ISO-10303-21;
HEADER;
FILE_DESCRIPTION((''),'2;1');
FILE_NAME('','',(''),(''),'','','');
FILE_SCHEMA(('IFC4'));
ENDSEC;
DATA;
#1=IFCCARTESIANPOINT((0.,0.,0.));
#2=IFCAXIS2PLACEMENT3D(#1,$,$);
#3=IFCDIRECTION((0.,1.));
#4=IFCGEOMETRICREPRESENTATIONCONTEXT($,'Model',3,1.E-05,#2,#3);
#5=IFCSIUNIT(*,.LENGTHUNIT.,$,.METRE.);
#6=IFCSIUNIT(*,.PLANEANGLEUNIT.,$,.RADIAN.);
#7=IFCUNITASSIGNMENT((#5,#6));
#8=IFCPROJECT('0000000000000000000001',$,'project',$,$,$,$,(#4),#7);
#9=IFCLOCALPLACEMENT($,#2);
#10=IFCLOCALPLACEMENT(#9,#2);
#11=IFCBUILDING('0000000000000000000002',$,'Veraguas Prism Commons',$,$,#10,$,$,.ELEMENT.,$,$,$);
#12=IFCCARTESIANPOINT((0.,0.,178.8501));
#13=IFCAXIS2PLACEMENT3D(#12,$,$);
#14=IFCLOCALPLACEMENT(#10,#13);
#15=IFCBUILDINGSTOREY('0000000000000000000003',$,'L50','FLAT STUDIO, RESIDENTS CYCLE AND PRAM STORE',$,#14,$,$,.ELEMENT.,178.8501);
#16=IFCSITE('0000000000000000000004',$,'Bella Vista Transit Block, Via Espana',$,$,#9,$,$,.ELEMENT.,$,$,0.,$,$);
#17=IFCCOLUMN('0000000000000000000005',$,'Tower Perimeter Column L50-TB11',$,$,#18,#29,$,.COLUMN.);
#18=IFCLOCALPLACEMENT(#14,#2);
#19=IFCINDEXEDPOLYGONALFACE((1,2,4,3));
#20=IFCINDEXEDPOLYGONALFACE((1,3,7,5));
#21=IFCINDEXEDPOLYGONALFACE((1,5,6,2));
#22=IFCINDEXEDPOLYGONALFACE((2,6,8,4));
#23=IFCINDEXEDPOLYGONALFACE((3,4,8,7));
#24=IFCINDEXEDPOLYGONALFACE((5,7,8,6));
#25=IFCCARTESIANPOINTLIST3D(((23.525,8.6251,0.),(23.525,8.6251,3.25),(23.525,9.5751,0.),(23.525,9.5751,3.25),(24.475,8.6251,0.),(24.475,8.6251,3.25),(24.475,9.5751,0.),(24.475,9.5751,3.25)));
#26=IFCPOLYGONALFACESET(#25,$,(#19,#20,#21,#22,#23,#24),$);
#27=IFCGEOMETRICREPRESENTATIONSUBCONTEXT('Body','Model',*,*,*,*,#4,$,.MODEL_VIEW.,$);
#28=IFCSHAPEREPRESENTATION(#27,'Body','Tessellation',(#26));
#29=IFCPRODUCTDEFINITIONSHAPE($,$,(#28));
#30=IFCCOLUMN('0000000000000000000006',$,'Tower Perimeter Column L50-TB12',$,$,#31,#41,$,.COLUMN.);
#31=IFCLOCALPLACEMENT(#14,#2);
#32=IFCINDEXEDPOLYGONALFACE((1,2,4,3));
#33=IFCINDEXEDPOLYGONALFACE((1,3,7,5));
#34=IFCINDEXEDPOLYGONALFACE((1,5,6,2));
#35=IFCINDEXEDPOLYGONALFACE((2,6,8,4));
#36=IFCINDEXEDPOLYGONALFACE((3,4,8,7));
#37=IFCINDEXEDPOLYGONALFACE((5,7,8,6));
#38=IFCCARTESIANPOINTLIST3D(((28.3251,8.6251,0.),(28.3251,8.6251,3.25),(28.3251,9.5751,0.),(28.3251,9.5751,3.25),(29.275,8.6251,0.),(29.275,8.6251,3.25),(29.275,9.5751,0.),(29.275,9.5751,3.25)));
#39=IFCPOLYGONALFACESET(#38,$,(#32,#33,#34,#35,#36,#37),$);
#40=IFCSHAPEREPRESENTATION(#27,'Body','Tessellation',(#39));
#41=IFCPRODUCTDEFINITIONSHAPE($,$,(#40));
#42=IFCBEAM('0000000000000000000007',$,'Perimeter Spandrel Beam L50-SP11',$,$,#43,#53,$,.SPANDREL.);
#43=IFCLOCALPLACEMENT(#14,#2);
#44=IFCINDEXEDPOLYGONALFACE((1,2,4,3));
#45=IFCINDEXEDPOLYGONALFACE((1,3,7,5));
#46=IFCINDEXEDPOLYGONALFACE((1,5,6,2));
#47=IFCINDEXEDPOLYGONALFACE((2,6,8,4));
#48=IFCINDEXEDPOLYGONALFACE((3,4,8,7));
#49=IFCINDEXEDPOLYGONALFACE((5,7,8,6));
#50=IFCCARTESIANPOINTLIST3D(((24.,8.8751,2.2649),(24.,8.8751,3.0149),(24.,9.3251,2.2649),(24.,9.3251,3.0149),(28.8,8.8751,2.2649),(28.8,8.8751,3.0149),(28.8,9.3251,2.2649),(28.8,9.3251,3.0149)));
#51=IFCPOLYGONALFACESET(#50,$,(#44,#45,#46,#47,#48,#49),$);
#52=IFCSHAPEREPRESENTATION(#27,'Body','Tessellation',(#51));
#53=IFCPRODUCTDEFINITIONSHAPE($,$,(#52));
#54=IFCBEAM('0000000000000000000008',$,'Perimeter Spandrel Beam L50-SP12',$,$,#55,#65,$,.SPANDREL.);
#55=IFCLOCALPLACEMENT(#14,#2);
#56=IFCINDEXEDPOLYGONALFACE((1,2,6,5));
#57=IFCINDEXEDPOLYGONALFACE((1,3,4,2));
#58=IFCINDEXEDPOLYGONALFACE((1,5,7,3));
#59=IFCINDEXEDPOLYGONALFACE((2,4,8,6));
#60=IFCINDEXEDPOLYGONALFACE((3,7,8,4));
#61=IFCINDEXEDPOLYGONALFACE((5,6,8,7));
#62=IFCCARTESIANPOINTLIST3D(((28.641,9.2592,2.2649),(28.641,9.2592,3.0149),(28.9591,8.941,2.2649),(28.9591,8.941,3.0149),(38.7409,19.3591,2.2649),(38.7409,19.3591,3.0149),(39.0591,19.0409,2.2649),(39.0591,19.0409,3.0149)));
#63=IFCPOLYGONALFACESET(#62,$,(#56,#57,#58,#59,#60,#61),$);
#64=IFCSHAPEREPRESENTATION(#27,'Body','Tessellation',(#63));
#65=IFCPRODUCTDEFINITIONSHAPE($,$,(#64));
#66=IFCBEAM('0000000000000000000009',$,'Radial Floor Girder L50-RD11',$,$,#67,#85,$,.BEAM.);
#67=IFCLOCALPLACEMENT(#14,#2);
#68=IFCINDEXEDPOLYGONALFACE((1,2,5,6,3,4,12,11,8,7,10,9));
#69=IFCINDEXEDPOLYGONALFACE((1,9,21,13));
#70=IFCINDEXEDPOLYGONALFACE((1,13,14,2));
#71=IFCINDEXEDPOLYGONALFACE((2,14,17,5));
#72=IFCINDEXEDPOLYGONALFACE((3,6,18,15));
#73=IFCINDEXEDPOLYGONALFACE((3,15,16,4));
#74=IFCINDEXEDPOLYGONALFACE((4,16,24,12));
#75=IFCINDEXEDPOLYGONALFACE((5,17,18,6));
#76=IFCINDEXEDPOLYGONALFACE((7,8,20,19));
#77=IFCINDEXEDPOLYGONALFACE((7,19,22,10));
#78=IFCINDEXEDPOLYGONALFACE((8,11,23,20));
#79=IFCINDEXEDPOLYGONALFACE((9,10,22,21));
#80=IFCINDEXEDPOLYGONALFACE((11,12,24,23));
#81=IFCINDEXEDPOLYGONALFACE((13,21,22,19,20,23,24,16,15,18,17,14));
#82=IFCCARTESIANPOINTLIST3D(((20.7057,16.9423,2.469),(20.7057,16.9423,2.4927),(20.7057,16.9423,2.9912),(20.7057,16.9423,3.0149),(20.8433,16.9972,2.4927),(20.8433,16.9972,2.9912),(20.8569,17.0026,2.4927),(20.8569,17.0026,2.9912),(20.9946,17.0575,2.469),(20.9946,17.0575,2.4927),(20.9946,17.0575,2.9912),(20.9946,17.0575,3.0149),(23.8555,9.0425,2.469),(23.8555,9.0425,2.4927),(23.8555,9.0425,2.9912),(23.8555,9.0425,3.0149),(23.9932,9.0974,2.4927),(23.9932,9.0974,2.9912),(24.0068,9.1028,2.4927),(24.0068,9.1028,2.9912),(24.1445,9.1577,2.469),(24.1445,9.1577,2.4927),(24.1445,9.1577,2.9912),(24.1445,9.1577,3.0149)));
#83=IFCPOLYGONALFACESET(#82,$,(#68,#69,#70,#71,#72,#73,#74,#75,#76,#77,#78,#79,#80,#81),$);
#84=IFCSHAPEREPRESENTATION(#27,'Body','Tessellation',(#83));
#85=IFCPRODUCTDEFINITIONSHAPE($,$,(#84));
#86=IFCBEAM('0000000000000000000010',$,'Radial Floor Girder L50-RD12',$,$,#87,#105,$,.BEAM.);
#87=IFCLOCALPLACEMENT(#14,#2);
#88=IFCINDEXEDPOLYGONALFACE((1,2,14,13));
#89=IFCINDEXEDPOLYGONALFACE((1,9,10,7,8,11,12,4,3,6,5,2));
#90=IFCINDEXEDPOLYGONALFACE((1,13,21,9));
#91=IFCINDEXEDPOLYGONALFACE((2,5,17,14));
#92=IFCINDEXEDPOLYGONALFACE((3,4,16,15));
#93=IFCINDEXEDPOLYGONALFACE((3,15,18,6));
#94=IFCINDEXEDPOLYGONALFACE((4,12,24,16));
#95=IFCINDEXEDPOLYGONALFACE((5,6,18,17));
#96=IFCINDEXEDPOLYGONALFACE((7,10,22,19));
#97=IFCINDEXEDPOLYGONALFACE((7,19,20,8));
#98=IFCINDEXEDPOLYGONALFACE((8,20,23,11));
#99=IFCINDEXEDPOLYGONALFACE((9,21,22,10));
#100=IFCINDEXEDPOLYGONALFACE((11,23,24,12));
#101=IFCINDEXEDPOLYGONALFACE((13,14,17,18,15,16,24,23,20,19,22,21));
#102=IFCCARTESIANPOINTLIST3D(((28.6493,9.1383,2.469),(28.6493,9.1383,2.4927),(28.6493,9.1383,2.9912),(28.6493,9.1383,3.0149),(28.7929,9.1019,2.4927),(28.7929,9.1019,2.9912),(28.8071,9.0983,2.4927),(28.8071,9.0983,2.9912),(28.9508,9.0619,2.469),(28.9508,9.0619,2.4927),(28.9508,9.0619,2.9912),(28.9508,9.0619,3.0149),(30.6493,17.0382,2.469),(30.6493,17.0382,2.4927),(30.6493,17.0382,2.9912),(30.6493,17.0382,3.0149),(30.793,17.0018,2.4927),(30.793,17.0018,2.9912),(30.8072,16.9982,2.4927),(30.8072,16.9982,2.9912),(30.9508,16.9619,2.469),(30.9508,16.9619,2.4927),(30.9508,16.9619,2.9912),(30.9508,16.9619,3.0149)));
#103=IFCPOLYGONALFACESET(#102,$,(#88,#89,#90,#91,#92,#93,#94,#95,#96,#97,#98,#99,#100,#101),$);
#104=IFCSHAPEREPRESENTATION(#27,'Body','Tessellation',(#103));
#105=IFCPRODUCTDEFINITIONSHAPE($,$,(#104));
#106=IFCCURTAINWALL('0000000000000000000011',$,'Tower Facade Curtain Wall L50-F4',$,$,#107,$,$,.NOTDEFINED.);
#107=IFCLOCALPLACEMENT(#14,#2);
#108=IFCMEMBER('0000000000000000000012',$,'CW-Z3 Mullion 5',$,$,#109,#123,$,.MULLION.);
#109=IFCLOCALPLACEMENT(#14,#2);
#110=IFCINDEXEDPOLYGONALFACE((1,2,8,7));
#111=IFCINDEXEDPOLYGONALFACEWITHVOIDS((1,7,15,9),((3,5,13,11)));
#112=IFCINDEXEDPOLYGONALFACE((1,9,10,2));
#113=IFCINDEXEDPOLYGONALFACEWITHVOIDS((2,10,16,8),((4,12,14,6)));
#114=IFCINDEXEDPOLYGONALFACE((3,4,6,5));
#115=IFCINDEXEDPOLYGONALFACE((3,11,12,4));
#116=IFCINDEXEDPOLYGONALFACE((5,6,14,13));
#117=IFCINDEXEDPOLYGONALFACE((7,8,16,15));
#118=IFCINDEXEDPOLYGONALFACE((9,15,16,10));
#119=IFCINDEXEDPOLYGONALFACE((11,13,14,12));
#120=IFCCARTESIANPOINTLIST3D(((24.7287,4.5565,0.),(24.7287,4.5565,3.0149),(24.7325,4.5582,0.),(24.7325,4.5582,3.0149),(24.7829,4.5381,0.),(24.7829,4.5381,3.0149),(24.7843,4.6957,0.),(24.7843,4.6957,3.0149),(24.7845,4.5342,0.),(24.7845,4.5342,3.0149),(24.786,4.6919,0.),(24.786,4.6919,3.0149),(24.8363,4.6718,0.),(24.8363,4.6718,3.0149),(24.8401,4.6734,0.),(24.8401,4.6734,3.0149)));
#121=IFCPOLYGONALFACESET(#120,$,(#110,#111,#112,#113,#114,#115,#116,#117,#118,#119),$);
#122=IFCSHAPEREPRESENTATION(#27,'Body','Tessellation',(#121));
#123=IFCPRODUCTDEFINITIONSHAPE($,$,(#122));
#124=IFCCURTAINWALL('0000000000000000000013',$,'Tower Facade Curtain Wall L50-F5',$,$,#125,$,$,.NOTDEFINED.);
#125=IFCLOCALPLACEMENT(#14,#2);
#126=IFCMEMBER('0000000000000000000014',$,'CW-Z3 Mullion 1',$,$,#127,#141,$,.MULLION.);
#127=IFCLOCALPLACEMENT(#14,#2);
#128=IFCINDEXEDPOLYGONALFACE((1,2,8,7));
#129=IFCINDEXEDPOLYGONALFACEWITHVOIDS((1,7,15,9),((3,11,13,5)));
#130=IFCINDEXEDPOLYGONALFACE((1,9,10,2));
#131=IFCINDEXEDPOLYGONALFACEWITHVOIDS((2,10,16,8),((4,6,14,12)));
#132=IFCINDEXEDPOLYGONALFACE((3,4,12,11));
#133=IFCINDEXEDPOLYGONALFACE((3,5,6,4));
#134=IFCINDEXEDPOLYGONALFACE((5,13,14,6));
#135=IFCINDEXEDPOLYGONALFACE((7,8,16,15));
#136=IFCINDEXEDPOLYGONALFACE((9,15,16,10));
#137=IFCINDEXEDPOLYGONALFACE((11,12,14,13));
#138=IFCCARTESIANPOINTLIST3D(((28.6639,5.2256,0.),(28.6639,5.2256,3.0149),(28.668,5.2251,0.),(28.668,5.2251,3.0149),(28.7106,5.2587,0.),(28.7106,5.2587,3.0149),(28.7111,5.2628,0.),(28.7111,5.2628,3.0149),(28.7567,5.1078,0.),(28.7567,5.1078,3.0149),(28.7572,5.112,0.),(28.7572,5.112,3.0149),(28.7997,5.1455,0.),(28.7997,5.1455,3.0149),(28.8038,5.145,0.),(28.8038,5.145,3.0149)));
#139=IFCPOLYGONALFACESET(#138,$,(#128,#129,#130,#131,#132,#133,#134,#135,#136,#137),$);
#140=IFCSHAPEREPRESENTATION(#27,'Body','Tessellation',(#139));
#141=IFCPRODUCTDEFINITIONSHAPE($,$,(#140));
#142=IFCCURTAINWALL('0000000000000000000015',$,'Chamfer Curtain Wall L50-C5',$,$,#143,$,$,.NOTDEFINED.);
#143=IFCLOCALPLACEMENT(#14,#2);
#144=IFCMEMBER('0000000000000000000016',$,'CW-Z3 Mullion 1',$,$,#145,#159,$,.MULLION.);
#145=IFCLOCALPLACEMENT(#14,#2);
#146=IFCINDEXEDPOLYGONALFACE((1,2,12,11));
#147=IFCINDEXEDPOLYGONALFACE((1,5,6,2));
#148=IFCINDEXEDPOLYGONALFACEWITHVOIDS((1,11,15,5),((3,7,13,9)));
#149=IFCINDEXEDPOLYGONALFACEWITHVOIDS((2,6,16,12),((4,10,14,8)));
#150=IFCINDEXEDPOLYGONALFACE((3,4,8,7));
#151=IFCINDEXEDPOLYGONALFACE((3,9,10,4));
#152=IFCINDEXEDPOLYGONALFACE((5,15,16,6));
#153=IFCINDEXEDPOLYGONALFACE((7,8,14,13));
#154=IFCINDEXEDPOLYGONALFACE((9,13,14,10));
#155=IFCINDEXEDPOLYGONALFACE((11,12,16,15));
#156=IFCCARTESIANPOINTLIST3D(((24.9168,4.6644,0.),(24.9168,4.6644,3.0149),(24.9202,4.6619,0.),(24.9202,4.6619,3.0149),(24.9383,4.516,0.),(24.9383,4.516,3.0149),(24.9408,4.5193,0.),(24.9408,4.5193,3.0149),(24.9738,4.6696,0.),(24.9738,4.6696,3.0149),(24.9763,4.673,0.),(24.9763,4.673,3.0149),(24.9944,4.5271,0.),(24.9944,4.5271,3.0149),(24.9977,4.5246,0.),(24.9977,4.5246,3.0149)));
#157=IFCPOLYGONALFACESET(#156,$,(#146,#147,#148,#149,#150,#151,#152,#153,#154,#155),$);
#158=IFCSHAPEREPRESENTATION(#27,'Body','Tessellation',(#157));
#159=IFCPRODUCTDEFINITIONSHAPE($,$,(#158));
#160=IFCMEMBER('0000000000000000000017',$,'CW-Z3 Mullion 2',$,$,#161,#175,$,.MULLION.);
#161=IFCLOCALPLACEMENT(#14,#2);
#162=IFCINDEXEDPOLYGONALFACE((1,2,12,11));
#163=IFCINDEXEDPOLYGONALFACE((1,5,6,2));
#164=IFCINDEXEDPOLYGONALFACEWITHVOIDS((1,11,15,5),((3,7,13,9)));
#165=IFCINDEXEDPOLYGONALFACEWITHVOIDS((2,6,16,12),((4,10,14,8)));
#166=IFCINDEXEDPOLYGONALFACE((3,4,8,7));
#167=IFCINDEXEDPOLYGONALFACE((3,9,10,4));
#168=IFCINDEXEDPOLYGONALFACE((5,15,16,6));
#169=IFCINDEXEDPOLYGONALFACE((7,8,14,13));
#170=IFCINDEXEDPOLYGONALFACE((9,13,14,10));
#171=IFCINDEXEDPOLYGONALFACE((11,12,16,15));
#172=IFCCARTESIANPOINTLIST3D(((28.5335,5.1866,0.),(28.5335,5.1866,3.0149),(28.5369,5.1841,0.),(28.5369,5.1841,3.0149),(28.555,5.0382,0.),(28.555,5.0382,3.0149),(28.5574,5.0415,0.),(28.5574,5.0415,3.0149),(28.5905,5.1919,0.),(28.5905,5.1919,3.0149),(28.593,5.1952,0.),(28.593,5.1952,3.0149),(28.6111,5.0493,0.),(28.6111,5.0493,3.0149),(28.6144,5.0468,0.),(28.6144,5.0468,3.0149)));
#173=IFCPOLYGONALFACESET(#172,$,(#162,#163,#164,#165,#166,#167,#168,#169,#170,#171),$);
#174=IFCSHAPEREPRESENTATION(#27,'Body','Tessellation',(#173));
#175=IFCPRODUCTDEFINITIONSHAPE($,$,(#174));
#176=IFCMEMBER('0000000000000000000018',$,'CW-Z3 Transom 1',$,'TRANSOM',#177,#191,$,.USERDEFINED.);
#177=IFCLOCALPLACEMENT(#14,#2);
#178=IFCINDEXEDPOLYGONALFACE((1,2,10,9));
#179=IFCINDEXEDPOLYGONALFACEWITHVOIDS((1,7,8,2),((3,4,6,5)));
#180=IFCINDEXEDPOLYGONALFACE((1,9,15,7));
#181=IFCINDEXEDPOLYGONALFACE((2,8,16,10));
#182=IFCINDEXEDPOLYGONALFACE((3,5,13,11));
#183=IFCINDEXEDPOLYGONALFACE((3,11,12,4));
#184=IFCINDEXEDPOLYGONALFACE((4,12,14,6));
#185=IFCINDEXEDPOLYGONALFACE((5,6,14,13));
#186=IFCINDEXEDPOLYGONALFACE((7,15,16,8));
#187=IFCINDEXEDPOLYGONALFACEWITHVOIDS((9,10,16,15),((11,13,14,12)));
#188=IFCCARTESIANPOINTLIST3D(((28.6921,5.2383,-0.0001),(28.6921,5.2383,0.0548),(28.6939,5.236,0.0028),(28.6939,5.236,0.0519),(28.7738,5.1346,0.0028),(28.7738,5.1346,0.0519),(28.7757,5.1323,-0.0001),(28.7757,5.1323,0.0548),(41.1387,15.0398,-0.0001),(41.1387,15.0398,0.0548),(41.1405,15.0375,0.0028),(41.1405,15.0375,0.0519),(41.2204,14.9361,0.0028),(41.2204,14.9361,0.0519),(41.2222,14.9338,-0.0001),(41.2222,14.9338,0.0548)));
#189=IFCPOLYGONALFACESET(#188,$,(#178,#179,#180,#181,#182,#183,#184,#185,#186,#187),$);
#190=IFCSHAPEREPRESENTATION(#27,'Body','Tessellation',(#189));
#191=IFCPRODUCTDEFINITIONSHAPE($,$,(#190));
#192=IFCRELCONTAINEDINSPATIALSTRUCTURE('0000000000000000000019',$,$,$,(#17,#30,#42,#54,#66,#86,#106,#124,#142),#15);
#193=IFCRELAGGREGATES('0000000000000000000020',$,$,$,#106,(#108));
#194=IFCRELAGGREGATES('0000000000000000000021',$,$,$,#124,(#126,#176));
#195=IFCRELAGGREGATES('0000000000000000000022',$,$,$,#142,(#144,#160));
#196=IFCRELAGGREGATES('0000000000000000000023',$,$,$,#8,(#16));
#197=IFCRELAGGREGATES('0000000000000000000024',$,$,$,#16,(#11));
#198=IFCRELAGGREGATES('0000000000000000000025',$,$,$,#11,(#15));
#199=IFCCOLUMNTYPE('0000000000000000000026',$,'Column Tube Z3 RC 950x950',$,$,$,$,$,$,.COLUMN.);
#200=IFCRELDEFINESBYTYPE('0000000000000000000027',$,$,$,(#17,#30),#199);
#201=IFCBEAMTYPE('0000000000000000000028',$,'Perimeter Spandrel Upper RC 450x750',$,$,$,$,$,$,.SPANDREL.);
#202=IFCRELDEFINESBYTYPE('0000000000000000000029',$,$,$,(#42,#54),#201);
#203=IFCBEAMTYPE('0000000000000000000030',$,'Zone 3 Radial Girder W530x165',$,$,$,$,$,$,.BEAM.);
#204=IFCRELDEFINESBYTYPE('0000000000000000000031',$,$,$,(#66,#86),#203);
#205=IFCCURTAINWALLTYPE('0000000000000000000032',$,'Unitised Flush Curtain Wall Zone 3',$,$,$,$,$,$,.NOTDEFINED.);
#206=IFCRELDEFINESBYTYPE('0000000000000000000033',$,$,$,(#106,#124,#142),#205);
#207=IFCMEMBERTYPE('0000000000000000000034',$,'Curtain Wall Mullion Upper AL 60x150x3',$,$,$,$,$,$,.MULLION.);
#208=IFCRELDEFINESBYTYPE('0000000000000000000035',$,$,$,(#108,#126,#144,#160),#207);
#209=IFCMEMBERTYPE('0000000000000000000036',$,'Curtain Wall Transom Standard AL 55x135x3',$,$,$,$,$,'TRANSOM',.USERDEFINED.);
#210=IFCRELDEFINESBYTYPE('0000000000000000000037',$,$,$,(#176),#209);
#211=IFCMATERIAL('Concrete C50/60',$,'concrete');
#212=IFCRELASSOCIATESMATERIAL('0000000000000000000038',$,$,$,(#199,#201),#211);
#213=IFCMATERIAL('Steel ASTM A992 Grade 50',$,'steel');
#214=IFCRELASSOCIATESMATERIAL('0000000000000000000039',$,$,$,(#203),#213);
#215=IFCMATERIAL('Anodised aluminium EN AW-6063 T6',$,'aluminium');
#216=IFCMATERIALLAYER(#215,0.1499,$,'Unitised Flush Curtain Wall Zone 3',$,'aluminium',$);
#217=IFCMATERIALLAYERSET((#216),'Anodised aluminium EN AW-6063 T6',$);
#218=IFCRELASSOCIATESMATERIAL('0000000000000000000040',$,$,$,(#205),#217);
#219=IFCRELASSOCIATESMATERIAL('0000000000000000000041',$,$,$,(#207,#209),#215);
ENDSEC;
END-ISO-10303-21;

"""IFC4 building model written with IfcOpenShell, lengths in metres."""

from ifc_helpers import new_model, si_unit, direction, frame, origin, origin_2d, place, context, subcontext, project, spatial, rectangle, hollow_rectangle, i_section, extrude, source, transform, mapped, material, layer, layer_set, material_profile, profile_set, type_object, element, aggregate, save


model = new_model("IFC4")

# Units and contexts
model_context = context("Model", 3, precision=1e-05, world=origin(), true_north=direction((0.0, 1.0)))
body_context = subcontext(model_context, "Body", "Model", "MODEL_VIEW")
ifc_project = project(units=[si_unit("LENGTHUNIT", "METRE"), si_unit("PLANEANGLEUNIT", "RADIAN")], contexts=[model_context])

# Site, building, storey
site_placement = place(None, origin())
site = spatial("IfcSite", under=ifc_project, at=site_placement, Name="Bella Vista Transit Block, Via Espana", CompositionType="ELEMENT", RefElevation=0.0)
building_placement = place(site_placement, origin())
building = spatial("IfcBuilding", under=site, at=building_placement, Name="Veraguas Prism Commons", CompositionType="ELEMENT")
storey_placement = place(building_placement, frame((0.0, 0.0, 178.8501)))
storey = spatial("IfcBuildingStorey", under=building, at=storey_placement, Name="L50", Description="FLAT STUDIO, RESIDENTS CYCLE AND PRAM STORE", CompositionType="ELEMENT", Elevation=178.8501)

# Columns
ifc_material_1 = material(Name="Concrete C50/60", Category="concrete")
ifc_material_profile_1 = material_profile(ifc_material_1, rectangle(XDim=0.95, YDim=0.95, at=origin_2d()), Name="RC950X950")
ifc_profile_set_1 = profile_set([ifc_material_profile_1], Name="Concrete C50/60")
column_type = type_object("IfcColumnType", Name="Column Tube Z3 RC 950x950", PredefinedType="COLUMN", material=ifc_profile_set_1)
for number, where, z_axis, x_axis, name in (
    (1, (24.0, 9.1001, 0.0), (0.0, 0.0, 1.0), (1.0, 0.0, 0.0), "Tower Perimeter Column L50-TB11"),
    (2, (28.8, 9.1001, 0.0), (0.0, 0.0, 1.0), (1.0, 0.0, 0.0), "Tower Perimeter Column L50-TB12"),
):
    element("IfcColumn", number, at=place(storey_placement, frame(where, z_axis=z_axis, x_axis=x_axis)), inside=storey, type_object=column_type, Name=name, PredefinedType="COLUMN", context=body_context, shape_type="SweptSolid", body=[
        extrude(rectangle(XDim=0.95, YDim=0.95, at=origin_2d()), origin(), (0.0, 0.0, 1.0), 3.25),
    ])

# Beams
ifc_material_profile_2 = material_profile(ifc_material_1, rectangle(XDim=0.45, YDim=0.75, at=origin_2d()), Name="RC450X750")
ifc_profile_set_2 = profile_set([ifc_material_profile_2], Name="Concrete C50/60")
beam_type_1 = type_object("IfcBeamType", Name="Perimeter Spandrel Upper RC 450x750", PredefinedType="SPANDREL", material=ifc_profile_set_2)
beam_1_placement = place(storey_placement, frame((24.0, 9.1001, 2.6399), z_axis=(1.0, 0.0, 0.0), x_axis=(0.0, 1.0, 0.0)))
element("IfcBeam", 3, at=beam_1_placement, inside=storey, type_object=beam_type_1, Name="Perimeter Spandrel Beam L50-SP11", PredefinedType="SPANDREL", context=body_context, shape_type="SweptSolid", body=[
    extrude(rectangle(XDim=0.45, YDim=0.75, at=origin_2d()), origin(), (0.0, 0.0, 1.0), 4.8),
])
beam_2_placement = place(storey_placement, frame((28.8, 9.1001, 2.6399), z_axis=(0.707107, 0.707107, 0.0), x_axis=(-0.707107, 0.707107, 0.0)))
element("IfcBeam", 4, at=beam_2_placement, inside=storey, type_object=beam_type_1, Name="Perimeter Spandrel Beam L50-SP12", PredefinedType="SPANDREL", context=body_context, shape_type="SweptSolid", body=[
    extrude(rectangle(XDim=0.45, YDim=0.75, at=origin_2d()), origin(), (0.0, 0.0, 1.0), 14.2834),
])
ifc_material_2 = material(Name="Steel ASTM A992 Grade 50", Category="steel")
ifc_material_profile_3 = material_profile(ifc_material_2, i_section(OverallWidth=0.311, OverallDepth=0.5459, WebThickness=0.0146, FlangeThickness=0.0237, at=origin_2d()), Name="W530X165")
ifc_profile_set_3 = profile_set([ifc_material_profile_3], Name="Steel ASTM A992 Grade 50")
beam_type_2 = type_object("IfcBeamType", Name="Zone 3 Radial Girder W530x165", PredefinedType="BEAM", material=ifc_profile_set_3)
beam_3_placement = place(storey_placement, frame((24.0, 9.1001, 2.7419), z_axis=(-0.370371, 0.928884, 0.0), x_axis=(-0.928884, -0.370371, 0.0)))
element("IfcBeam", 5, at=beam_3_placement, inside=storey, type_object=beam_type_2, Name="Radial Floor Girder L50-RD11", PredefinedType="BEAM", context=body_context, shape_type="SweptSolid", body=[
    extrude(i_section(OverallWidth=0.311, OverallDepth=0.5459, WebThickness=0.0146, FlangeThickness=0.0237, at=origin_2d()), origin(), (0.0, 0.0, 1.0), 8.5046),
])
beam_4_placement = place(storey_placement, frame((28.8, 9.1001, 2.7419), z_axis=(0.245425, 0.969416, 0.0), x_axis=(-0.969416, 0.245425, 0.0)))
element("IfcBeam", 6, at=beam_4_placement, inside=storey, type_object=beam_type_2, Name="Radial Floor Girder L50-RD12", PredefinedType="BEAM", context=body_context, shape_type="SweptSolid", body=[
    extrude(i_section(OverallWidth=0.311, OverallDepth=0.5459, WebThickness=0.0146, FlangeThickness=0.0237, at=origin_2d()), origin(), (0.0, 0.0, 1.0), 8.1492),
])

# Curtain walls, members
ifc_material_3 = material(Name="Anodised aluminium EN AW-6063 T6", Category="aluminium")
ifc_layer_1 = layer(ifc_material_3, 0.1499, Name="Unitised Flush Curtain Wall Zone 3", Category="aluminium")
ifc_layer_set_1 = layer_set([ifc_layer_1], Name="Anodised aluminium EN AW-6063 T6")
curtain_wall_type = type_object("IfcCurtainWallType", Name="Unitised Flush Curtain Wall Zone 3", PredefinedType="NOTDEFINED", material=ifc_layer_set_1)
curtain_wall_1_placement = place(storey_placement, origin())
curtain_wall_1 = element("IfcCurtainWall", 7, at=curtain_wall_1_placement, inside=storey, type_object=curtain_wall_type, Name="Tower Facade Curtain Wall L50-F4", PredefinedType="NOTDEFINED")
ifc_material_profile_4 = material_profile(ifc_material_3, hollow_rectangle(XDim=0.0601, YDim=0.1499, WallThickness=0.0029, at=origin_2d()), Name="AL60X150X3")
ifc_profile_set_4 = profile_set([ifc_material_profile_4], Name="Anodised aluminium EN AW-6063 T6")
member_type_1 = type_object("IfcMemberType", Name="Curtain Wall Mullion Upper AL 60x150x3", PredefinedType="MULLION", material=ifc_profile_set_4)
shared_shape_1 = source(origin(), body_context, "Body", "SweptSolid", [
    extrude(hollow_rectangle(XDim=0.0601, YDim=0.1499, WallThickness=0.0029, at=origin_2d()), origin(), (0.0, 0.0, 1.0), 3.0149),
])
member_1_placement = place(storey_placement, frame((24.7844, 4.615, 0.0), z_axis=(0.0, 0.0, 1.0), x_axis=(0.928618, -0.371037, 0.0)))
member_1 = element("IfcMember", 8, at=member_1_placement, type_object=member_type_1, Name="CW-Z3 Mullion 5", PredefinedType="MULLION", context=body_context, shape_type="MappedRepresentation", body=[
    mapped(shared_shape_1, transform((0.0, 0.0, 0.0), scale=1.0)),
])
curtain_wall_2_placement = place(storey_placement, origin())
curtain_wall_2 = element("IfcCurtainWall", 9, at=curtain_wall_2_placement, inside=storey, type_object=curtain_wall_type, Name="Tower Facade Curtain Wall L50-F5", PredefinedType="NOTDEFINED")
member_2_placement = place(storey_placement, frame((28.7339, 5.1853, 0.0), z_axis=(0.0, 0.0, 1.0), x_axis=(0.785642, 0.618681, 0.0)))
member_2 = element("IfcMember", 10, at=member_2_placement, type_object=member_type_1, Name="CW-Z3 Mullion 1", PredefinedType="MULLION", context=body_context, shape_type="MappedRepresentation", body=[
    mapped(shared_shape_1, transform((0.0, 0.0, 0.0), scale=1.0)),
])

# Curtain wall, members
curtain_wall_3_placement = place(storey_placement, origin())
curtain_wall_3 = element("IfcCurtainWall", 11, at=curtain_wall_3_placement, inside=storey, type_object=curtain_wall_type, Name="Chamfer Curtain Wall L50-C5", PredefinedType="NOTDEFINED")
member_3_placement = place(storey_placement, frame((24.9573, 4.5945, 0.0), z_axis=(0.0, 0.0, 1.0), x_axis=(0.989729, 0.142959, 0.0)))
member_3 = element("IfcMember", 12, at=member_3_placement, type_object=member_type_1, Name="CW-Z3 Mullion 1", PredefinedType="MULLION", context=body_context, shape_type="MappedRepresentation", body=[
    mapped(shared_shape_1, transform((0.0, 0.0, 0.0), scale=1.0)),
])
member_4_placement = place(storey_placement, frame((28.574, 5.1167, 0.0), z_axis=(0.0, 0.0, 1.0), x_axis=(0.989729, 0.142959, 0.0)))
member_4 = element("IfcMember", 13, at=member_4_placement, type_object=member_type_1, Name="CW-Z3 Mullion 2", PredefinedType="MULLION", context=body_context, shape_type="MappedRepresentation", body=[
    mapped(shared_shape_1, transform((0.0, 0.0, 0.0), scale=1.0)),
])

# Member
ifc_material_profile_5 = material_profile(ifc_material_3, hollow_rectangle(XDim=0.0549, YDim=0.135, WallThickness=0.0029, at=origin_2d()), Name="AL55X135X3")
ifc_profile_set_5 = profile_set([ifc_material_profile_5], Name="Anodised aluminium EN AW-6063 T6")
member_type_2 = type_object("IfcMemberType", Name="Curtain Wall Transom Standard AL 55x135x3", ElementType="TRANSOM", PredefinedType="USERDEFINED", material=ifc_profile_set_5)
shared_shape_2 = source(origin(), body_context, "Body", "SweptSolid", [
    extrude(hollow_rectangle(XDim=0.0549, YDim=0.135, WallThickness=0.0029, at=origin_2d()), origin(), (0.0, 0.0, 1.0), 15.8425),
])
member_5_placement = place(storey_placement, frame((28.7339, 5.1853, 0.0273), z_axis=(0.78564, 0.618683, 0.0), x_axis=(0.0, 0.0, 1.0)))
member_5 = element("IfcMember", 14, at=member_5_placement, type_object=member_type_2, Name="CW-Z3 Transom 1", ObjectType="TRANSOM", PredefinedType="USERDEFINED", context=body_context, shape_type="MappedRepresentation", body=[
    mapped(shared_shape_2, transform((0.0, 0.0, 0.0), scale=1.0)),
])

aggregate(curtain_wall_1, [member_1])
aggregate(curtain_wall_2, [member_2, member_5])
aggregate(curtain_wall_3, [member_3, member_4])

save(model, "model.ifc")
